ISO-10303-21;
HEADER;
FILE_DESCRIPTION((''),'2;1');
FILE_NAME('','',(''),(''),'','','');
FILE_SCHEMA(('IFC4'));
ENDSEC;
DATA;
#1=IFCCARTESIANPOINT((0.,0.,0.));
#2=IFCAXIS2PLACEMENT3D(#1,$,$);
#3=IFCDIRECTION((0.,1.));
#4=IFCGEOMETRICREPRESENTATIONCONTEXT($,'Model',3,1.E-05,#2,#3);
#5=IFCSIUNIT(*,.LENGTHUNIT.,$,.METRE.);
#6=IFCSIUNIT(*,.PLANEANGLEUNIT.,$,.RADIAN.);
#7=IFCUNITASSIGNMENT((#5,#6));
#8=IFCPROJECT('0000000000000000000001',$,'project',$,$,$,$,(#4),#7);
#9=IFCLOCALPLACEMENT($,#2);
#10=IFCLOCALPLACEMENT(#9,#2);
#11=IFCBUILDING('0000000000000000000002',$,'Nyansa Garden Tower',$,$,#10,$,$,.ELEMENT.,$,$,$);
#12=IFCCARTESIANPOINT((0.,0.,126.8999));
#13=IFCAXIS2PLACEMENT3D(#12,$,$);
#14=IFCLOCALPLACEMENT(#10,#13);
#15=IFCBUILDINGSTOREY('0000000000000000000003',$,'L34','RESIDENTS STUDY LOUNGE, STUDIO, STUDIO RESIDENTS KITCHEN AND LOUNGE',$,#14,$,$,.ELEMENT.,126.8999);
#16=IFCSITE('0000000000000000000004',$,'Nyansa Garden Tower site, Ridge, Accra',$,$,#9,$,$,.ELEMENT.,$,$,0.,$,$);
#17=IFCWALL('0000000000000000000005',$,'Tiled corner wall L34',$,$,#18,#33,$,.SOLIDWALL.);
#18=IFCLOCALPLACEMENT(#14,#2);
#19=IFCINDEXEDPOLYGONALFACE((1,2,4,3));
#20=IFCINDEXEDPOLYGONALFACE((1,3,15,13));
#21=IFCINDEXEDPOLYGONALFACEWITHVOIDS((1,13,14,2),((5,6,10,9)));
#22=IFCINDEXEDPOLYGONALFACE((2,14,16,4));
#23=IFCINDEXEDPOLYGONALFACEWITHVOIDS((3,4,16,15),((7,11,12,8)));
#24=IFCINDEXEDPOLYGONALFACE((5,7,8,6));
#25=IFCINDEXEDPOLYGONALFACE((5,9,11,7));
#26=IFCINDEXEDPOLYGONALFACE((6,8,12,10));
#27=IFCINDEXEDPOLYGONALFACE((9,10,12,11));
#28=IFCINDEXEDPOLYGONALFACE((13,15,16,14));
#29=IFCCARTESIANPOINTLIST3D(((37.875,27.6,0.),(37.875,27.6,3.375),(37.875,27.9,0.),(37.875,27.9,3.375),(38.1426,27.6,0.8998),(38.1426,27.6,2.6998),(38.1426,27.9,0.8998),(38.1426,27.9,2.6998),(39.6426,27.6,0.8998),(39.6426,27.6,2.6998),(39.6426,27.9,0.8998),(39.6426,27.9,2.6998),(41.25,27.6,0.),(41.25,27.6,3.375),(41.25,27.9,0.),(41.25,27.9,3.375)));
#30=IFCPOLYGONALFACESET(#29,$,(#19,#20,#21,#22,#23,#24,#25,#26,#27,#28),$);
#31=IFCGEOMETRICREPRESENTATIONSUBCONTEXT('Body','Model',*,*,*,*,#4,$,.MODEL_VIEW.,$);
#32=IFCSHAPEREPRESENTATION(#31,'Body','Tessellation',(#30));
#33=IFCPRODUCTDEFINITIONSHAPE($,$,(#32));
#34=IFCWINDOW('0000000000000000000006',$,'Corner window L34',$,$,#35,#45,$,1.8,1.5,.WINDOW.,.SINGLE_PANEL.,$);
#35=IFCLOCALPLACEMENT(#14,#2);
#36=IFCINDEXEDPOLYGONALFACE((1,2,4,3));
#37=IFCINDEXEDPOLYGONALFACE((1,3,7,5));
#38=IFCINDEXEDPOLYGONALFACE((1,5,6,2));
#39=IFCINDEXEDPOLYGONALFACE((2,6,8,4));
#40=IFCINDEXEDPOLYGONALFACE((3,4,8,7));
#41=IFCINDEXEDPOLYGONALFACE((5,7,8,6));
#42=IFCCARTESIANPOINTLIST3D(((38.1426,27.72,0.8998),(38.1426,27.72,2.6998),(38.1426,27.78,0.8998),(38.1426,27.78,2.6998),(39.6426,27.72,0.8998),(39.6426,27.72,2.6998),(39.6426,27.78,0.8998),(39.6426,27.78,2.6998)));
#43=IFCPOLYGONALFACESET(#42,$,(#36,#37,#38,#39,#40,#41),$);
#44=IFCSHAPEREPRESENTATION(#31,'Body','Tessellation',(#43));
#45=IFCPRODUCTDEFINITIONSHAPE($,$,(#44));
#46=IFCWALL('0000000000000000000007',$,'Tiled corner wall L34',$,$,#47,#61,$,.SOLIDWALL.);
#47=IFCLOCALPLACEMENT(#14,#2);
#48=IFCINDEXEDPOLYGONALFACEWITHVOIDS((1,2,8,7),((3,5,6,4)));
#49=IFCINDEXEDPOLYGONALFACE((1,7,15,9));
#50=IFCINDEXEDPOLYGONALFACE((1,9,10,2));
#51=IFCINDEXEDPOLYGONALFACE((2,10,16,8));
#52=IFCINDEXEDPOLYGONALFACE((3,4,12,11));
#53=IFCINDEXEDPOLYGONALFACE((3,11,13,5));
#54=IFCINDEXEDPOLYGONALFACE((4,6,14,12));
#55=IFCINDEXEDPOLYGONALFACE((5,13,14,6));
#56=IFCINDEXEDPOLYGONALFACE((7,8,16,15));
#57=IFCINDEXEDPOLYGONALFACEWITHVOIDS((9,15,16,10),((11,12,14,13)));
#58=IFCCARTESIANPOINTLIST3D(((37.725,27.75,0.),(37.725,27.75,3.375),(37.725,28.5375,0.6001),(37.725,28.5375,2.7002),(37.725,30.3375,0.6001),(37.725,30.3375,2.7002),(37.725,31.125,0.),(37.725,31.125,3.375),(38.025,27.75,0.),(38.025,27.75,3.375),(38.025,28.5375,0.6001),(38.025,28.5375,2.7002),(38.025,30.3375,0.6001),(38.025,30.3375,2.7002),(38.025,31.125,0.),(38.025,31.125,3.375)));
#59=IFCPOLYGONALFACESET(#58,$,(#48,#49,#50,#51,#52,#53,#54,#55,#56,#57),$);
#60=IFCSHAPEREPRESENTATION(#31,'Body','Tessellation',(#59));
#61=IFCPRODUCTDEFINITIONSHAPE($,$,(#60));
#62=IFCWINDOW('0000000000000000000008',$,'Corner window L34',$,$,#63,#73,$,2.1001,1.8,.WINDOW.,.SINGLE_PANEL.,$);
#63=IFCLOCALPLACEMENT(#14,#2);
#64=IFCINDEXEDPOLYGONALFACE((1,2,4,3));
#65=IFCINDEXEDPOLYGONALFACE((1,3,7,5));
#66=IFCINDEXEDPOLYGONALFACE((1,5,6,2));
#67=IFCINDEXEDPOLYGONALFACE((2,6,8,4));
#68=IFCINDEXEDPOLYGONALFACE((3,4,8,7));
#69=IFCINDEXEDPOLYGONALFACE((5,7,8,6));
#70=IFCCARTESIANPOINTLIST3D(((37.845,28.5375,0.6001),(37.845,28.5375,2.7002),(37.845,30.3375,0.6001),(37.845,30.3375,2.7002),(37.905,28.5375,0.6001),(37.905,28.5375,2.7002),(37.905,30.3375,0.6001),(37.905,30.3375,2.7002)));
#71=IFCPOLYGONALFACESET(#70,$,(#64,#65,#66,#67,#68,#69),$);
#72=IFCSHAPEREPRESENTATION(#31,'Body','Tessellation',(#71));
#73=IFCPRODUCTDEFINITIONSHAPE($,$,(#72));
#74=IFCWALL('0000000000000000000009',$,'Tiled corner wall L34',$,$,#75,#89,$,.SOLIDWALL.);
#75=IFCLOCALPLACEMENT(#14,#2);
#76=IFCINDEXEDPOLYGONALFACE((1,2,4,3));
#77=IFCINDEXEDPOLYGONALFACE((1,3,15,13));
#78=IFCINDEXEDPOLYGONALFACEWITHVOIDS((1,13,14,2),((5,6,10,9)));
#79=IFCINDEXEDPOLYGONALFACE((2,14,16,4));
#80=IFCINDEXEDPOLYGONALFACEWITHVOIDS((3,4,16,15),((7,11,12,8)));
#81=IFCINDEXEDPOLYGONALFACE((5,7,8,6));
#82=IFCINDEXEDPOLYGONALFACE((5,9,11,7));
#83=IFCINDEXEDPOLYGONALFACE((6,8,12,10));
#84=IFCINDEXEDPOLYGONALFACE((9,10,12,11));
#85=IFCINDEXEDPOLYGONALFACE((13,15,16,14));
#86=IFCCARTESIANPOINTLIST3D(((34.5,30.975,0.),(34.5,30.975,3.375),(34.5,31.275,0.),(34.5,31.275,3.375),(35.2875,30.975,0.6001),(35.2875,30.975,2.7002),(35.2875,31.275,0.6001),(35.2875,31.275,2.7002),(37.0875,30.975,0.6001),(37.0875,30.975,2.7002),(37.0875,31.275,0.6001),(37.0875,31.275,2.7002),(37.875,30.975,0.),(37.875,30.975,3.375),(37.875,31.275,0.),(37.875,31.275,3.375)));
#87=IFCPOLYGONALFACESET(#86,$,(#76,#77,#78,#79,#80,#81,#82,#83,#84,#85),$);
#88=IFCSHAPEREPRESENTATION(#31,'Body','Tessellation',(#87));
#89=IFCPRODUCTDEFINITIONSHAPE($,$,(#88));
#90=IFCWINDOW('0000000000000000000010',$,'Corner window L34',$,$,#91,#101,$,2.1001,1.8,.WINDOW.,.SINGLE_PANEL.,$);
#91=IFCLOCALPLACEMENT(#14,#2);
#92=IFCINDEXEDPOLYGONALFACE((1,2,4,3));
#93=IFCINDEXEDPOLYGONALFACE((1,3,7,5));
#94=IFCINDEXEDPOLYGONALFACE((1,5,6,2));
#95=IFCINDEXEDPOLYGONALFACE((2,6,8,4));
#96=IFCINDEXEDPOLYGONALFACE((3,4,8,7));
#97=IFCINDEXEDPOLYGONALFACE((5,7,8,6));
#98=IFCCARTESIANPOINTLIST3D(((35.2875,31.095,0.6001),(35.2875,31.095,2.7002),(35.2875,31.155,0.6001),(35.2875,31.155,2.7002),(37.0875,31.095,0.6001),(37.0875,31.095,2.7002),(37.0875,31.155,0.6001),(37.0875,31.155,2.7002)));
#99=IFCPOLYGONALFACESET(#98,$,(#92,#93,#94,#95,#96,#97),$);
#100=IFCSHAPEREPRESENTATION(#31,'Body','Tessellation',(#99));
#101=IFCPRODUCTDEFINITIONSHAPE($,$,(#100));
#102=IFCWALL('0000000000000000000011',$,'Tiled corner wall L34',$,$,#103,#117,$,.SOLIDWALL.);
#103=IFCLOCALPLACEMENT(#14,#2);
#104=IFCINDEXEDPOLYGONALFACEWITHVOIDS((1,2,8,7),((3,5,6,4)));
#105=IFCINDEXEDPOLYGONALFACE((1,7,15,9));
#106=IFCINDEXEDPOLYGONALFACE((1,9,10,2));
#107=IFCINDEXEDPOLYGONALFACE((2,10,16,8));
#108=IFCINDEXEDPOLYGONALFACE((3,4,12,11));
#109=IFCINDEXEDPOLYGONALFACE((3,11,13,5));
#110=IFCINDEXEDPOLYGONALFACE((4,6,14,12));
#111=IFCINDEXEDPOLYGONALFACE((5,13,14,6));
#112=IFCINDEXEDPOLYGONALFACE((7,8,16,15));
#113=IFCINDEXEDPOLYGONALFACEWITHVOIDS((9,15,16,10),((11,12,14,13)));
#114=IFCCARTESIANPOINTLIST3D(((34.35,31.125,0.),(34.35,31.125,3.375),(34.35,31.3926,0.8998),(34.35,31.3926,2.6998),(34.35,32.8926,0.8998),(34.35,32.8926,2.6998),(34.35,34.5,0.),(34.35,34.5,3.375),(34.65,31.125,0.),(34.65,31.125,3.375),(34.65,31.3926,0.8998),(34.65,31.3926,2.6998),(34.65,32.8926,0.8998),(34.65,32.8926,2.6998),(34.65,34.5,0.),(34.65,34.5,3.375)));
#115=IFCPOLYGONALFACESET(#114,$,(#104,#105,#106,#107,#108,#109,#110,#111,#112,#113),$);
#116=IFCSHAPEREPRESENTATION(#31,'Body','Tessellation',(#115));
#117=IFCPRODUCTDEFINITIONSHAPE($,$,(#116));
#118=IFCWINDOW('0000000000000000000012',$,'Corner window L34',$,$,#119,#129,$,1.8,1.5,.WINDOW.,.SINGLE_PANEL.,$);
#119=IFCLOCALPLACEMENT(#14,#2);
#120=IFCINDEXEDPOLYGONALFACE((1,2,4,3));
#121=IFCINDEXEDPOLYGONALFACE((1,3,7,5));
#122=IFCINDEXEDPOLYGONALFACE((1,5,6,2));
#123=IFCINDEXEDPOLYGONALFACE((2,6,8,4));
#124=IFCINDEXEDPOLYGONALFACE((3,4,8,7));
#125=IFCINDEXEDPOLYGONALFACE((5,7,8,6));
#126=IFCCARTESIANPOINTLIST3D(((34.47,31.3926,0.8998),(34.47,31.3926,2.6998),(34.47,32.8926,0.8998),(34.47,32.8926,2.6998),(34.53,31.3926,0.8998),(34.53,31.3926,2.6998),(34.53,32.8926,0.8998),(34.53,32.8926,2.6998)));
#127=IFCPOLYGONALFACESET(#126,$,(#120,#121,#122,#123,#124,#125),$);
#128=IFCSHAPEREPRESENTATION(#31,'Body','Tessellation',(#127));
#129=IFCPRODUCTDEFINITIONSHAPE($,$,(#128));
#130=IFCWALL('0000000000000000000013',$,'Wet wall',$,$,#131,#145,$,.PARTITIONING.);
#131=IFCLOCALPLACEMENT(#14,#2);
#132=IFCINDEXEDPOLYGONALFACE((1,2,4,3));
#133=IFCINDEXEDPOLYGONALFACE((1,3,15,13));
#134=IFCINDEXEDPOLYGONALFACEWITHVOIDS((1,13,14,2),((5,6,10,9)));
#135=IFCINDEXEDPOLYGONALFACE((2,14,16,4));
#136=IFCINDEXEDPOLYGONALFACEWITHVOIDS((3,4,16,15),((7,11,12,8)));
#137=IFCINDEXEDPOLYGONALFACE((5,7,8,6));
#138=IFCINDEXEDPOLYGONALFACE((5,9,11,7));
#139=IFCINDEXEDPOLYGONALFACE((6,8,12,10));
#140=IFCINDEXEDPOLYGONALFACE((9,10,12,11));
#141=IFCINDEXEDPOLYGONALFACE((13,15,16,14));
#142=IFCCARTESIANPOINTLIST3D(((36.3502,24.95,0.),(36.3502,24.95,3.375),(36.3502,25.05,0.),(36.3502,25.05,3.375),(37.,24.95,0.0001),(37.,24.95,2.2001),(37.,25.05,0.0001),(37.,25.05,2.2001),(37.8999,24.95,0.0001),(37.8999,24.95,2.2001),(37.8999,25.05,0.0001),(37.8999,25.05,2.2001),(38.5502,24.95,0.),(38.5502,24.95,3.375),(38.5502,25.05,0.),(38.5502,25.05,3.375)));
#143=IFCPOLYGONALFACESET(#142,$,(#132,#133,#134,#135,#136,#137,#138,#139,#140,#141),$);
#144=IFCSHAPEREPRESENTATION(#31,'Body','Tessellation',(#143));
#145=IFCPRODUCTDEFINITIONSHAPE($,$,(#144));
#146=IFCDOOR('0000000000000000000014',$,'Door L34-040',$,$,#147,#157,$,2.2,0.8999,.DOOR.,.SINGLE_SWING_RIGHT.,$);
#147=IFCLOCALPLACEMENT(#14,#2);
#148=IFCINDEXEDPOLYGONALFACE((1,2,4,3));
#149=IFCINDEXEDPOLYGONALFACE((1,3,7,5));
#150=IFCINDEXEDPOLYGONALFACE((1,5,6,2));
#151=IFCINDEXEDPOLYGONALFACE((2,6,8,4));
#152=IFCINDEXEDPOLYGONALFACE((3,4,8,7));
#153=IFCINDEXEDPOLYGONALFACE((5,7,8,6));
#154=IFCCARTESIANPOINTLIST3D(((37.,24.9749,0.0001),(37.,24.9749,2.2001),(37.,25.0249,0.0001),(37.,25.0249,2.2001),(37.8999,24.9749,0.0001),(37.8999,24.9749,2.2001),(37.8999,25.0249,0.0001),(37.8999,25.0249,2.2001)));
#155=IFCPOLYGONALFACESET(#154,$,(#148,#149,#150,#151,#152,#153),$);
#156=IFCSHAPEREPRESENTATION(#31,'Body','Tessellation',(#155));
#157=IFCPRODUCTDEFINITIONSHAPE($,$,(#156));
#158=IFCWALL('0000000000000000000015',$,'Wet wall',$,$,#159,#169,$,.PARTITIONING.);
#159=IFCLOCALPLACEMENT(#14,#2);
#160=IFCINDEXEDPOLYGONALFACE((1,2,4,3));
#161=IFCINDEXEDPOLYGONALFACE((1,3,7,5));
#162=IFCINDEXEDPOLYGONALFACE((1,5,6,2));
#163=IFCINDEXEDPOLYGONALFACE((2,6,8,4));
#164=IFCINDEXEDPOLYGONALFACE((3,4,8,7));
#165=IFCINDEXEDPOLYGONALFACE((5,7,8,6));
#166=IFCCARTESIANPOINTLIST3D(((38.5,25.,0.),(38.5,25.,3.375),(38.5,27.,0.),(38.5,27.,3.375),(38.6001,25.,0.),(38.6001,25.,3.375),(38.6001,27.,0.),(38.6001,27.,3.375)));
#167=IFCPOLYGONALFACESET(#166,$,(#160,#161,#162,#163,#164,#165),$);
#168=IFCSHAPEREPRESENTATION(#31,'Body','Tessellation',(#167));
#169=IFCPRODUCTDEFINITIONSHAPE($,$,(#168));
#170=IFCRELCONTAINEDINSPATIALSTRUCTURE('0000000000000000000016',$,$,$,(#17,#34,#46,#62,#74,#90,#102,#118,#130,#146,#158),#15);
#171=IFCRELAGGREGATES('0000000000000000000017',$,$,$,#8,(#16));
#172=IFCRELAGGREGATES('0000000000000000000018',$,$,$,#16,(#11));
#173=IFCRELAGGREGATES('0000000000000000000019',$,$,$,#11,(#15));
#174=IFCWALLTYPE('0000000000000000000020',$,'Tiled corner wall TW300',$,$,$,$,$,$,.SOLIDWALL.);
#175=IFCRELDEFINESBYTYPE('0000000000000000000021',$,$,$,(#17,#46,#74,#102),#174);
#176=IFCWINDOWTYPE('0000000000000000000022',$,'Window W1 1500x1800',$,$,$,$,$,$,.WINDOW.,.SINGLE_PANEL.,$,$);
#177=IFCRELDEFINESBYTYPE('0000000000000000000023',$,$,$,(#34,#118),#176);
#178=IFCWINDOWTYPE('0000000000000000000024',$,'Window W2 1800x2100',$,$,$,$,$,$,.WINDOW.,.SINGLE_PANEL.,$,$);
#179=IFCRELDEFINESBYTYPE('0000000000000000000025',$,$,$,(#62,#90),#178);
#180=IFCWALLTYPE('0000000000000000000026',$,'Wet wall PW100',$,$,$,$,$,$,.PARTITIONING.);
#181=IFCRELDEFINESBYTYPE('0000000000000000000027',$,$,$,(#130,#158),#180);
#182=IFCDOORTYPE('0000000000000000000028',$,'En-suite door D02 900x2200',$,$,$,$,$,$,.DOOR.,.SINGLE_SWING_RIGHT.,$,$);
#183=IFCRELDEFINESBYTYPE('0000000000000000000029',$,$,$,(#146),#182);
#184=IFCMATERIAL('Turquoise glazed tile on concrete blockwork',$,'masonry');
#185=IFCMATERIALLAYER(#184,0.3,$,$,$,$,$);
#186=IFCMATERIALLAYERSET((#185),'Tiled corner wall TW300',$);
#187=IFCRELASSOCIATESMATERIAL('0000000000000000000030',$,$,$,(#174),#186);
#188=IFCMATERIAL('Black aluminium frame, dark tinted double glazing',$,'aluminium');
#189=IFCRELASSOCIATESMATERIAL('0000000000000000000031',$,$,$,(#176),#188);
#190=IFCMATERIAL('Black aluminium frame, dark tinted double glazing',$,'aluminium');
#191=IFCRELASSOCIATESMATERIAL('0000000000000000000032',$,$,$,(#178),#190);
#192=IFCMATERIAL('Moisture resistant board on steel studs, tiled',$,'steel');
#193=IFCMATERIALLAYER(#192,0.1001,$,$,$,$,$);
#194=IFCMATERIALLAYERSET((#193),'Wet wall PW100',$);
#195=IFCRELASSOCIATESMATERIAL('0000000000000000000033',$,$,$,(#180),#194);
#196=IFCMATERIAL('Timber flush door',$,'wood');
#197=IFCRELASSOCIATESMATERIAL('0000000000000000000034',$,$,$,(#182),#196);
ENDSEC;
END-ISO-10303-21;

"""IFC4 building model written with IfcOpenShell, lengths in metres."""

from ifc_helpers import new_model, si_unit, direction, frame, frame_2d, origin, place, context, subcontext, project, spatial, rectangle, extrude, material, layer, layer_set, type_object, element, fill, save


model = new_model("IFC4")

# Units and contexts
model_context = context("Model", 3, precision=1e-05, world=origin(), true_north=direction((0.0, 1.0)))
body_context = subcontext(model_context, "Body", "Model", "MODEL_VIEW")
ifc_project = project(units=[si_unit("LENGTHUNIT", "METRE"), si_unit("PLANEANGLEUNIT", "RADIAN")], contexts=[model_context])

# Site, building, storey
site_placement = place(None, origin())
site = spatial("IfcSite", under=ifc_project, at=site_placement, Name="Nyansa Garden Tower site, Ridge, Accra", CompositionType="ELEMENT", RefElevation=0.0)
building_placement = place(site_placement, origin())
building = spatial("IfcBuilding", under=site, at=building_placement, Name="Nyansa Garden Tower", CompositionType="ELEMENT")
storey_placement = place(building_placement, frame((0.0, 0.0, 126.8999)))
storey = spatial("IfcBuildingStorey", under=building, at=storey_placement, Name="L34", Description="RESIDENTS STUDY LOUNGE, STUDIO, STUDIO RESIDENTS KITCHEN AND LOUNGE", CompositionType="ELEMENT", Elevation=126.8999)

# Walls, openings, windows
ifc_material_1 = material(Name="Turquoise glazed tile on concrete blockwork", Category="masonry")
ifc_layer_1 = layer(ifc_material_1, 0.3)
ifc_layer_set_1 = layer_set([ifc_layer_1], Name="Tiled corner wall TW300")
wall_type_1 = type_object("IfcWallType", Name="Tiled corner wall TW300", PredefinedType="SOLIDWALL", material=ifc_layer_set_1)
wall_1_placement = place(storey_placement, frame((41.25, 27.75, 0.0), z_axis=(0.0, 0.0, 1.0), x_axis=(-1.0, 0.0, 0.0)))
wall_1 = element("IfcWall", 1, at=wall_1_placement, inside=storey, type_object=wall_type_1, Name="Tiled corner wall L34", PredefinedType="SOLIDWALL", context=body_context, shape_type="SweptSolid", body=[
    extrude(rectangle(XDim=3.375, YDim=0.3, at=frame_2d((1.6875, 0.0))), origin(), (0.0, 0.0, 1.0), 3.375),
])
opening_1_placement = place(wall_1_placement, frame((1.6074, 0.0, 0.8999)))
opening_1 = element("IfcOpeningElement", 2, at=opening_1_placement, cuts=wall_1, PredefinedType="OPENING", context=body_context, shape_type="SweptSolid", body=[
    extrude(rectangle(XDim=1.5, YDim=1.8, at=frame_2d((0.75, 0.8999))), frame((0.0, 0.1599, 0.0), z_axis=(0.0, -1.0, 0.0), x_axis=(1.0, 0.0, 0.0)), (0.0, 0.0, 1.0), 0.3201),
])
ifc_material_2 = material(Name="Black aluminium frame, dark tinted double glazing", Category="aluminium")
window_type_1 = type_object("IfcWindowType", Name="Window W1 1500x1800", PartitioningType="SINGLE_PANEL", PredefinedType="WINDOW", material=ifc_material_2)
window_1_placement = place(opening_1_placement, origin())
window_1 = element("IfcWindow", 3, at=window_1_placement, inside=storey, type_object=window_type_1, Name="Corner window L34", OverallHeight=1.8, OverallWidth=1.5, PartitioningType="SINGLE_PANEL", PredefinedType="WINDOW", context=body_context, shape_type="SweptSolid", body=[
    extrude(rectangle(XDim=1.5, YDim=1.8, at=frame_2d((0.75, 0.8999))), frame((0.0, 0.03, 0.0), z_axis=(0.0, -1.0, 0.0), x_axis=(1.0, 0.0, 0.0)), (0.0, 0.0, 1.0), 0.0601),
])
fill(opening_1, window_1)
wall_2_placement = place(storey_placement, frame((37.875, 27.75, 0.0), z_axis=(0.0, 0.0, 1.0), x_axis=(0.0, 1.0, 0.0)))
wall_2 = element("IfcWall", 4, at=wall_2_placement, inside=storey, type_object=wall_type_1, Name="Tiled corner wall L34", PredefinedType="SOLIDWALL", context=body_context, shape_type="SweptSolid", body=[
    extrude(rectangle(XDim=3.375, YDim=0.3, at=frame_2d((1.6875, 0.0))), origin(), (0.0, 0.0, 1.0), 3.375),
])
opening_2_placement = place(wall_2_placement, frame((0.7876, 0.0, 0.6001)))
opening_2 = element("IfcOpeningElement", 5, at=opening_2_placement, cuts=wall_2, PredefinedType="OPENING", context=body_context, shape_type="SweptSolid", body=[
    extrude(rectangle(XDim=1.8, YDim=2.1001, at=frame_2d((0.8999, 1.05))), frame((0.0, 0.1599, 0.0), z_axis=(0.0, -1.0, 0.0), x_axis=(1.0, 0.0, 0.0)), (0.0, 0.0, 1.0), 0.3201),
])
ifc_material_3 = material(Name="Black aluminium frame, dark tinted double glazing", Category="aluminium")
window_type_2 = type_object("IfcWindowType", Name="Window W2 1800x2100", PartitioningType="SINGLE_PANEL", PredefinedType="WINDOW", material=ifc_material_3)
window_2_placement = place(opening_2_placement, origin())
window_2 = element("IfcWindow", 6, at=window_2_placement, inside=storey, type_object=window_type_2, Name="Corner window L34", OverallHeight=2.1001, OverallWidth=1.8, PartitioningType="SINGLE_PANEL", PredefinedType="WINDOW", context=body_context, shape_type="SweptSolid", body=[
    extrude(rectangle(XDim=1.8, YDim=2.1001, at=frame_2d((0.8999, 1.05))), frame((0.0, 0.03, 0.0), z_axis=(0.0, -1.0, 0.0), x_axis=(1.0, 0.0, 0.0)), (0.0, 0.0, 1.0), 0.0601),
])
fill(opening_2, window_2)
wall_3_placement = place(storey_placement, frame((37.875, 31.125, 0.0), z_axis=(0.0, 0.0, 1.0), x_axis=(-1.0, 0.0, 0.0)))
wall_3 = element("IfcWall", 7, at=wall_3_placement, inside=storey, type_object=wall_type_1, Name="Tiled corner wall L34", PredefinedType="SOLIDWALL", context=body_context, shape_type="SweptSolid", body=[
    extrude(rectangle(XDim=3.375, YDim=0.3, at=frame_2d((1.6875, 0.0))), origin(), (0.0, 0.0, 1.0), 3.375),
])
opening_3_placement = place(wall_3_placement, frame((0.7876, 0.0, 0.6001)))
opening_3 = element("IfcOpeningElement", 8, at=opening_3_placement, cuts=wall_3, PredefinedType="OPENING", context=body_context, shape_type="SweptSolid", body=[
    extrude(rectangle(XDim=1.8, YDim=2.1001, at=frame_2d((0.8999, 1.05))), frame((0.0, 0.1599, 0.0), z_axis=(0.0, -1.0, 0.0), x_axis=(1.0, 0.0, 0.0)), (0.0, 0.0, 1.0), 0.3201),
])
window_3_placement = place(opening_3_placement, origin())
window_3 = element("IfcWindow", 9, at=window_3_placement, inside=storey, type_object=window_type_2, Name="Corner window L34", OverallHeight=2.1001, OverallWidth=1.8, PartitioningType="SINGLE_PANEL", PredefinedType="WINDOW", context=body_context, shape_type="SweptSolid", body=[
    extrude(rectangle(XDim=1.8, YDim=2.1001, at=frame_2d((0.8999, 1.05))), frame((0.0, 0.03, 0.0), z_axis=(0.0, -1.0, 0.0), x_axis=(1.0, 0.0, 0.0)), (0.0, 0.0, 1.0), 0.0601),
])
fill(opening_3, window_3)
wall_4_placement = place(storey_placement, frame((34.5, 31.125, 0.0), z_axis=(0.0, 0.0, 1.0), x_axis=(0.0, 1.0, 0.0)))
wall_4 = element("IfcWall", 10, at=wall_4_placement, inside=storey, type_object=wall_type_1, Name="Tiled corner wall L34", PredefinedType="SOLIDWALL", context=body_context, shape_type="SweptSolid", body=[
    extrude(rectangle(XDim=3.375, YDim=0.3, at=frame_2d((1.6875, 0.0))), origin(), (0.0, 0.0, 1.0), 3.375),
])
opening_4_placement = place(wall_4_placement, frame((0.2676, 0.0, 0.8999)))
opening_4 = element("IfcOpeningElement", 11, at=opening_4_placement, cuts=wall_4, PredefinedType="OPENING", context=body_context, shape_type="SweptSolid", body=[
    extrude(rectangle(XDim=1.5, YDim=1.8, at=frame_2d((0.75, 0.8999))), frame((0.0, 0.1599, 0.0), z_axis=(0.0, -1.0, 0.0), x_axis=(1.0, 0.0, 0.0)), (0.0, 0.0, 1.0), 0.3201),
])
window_4_placement = place(opening_4_placement, origin())
window_4 = element("IfcWindow", 12, at=window_4_placement, inside=storey, type_object=window_type_1, Name="Corner window L34", OverallHeight=1.8, OverallWidth=1.5, PartitioningType="SINGLE_PANEL", PredefinedType="WINDOW", context=body_context, shape_type="SweptSolid", body=[
    extrude(rectangle(XDim=1.5, YDim=1.8, at=frame_2d((0.75, 0.8999))), frame((0.0, 0.03, 0.0), z_axis=(0.0, -1.0, 0.0), x_axis=(1.0, 0.0, 0.0)), (0.0, 0.0, 1.0), 0.0601),
])
fill(opening_4, window_4)

# Wall, opening, door
ifc_material_4 = material(Name="Moisture resistant board on steel studs, tiled", Category="steel")
ifc_layer_2 = layer(ifc_material_4, 0.1001)
ifc_layer_set_2 = layer_set([ifc_layer_2], Name="Wet wall PW100")
wall_type_2 = type_object("IfcWallType", Name="Wet wall PW100", PredefinedType="PARTITIONING", material=ifc_layer_set_2)
wall_5_placement = place(storey_placement, frame((36.3501, 25.0, 0.0), z_axis=(0.0, 0.0, 1.0), x_axis=(1.0, 0.0, 0.0)))
wall_5 = element("IfcWall", 13, at=wall_5_placement, inside=storey, type_object=wall_type_2, Name="Wet wall", PredefinedType="PARTITIONING", context=body_context, shape_type="SweptSolid", body=[
    extrude(rectangle(XDim=2.2, YDim=0.1001, at=frame_2d((1.1001, 0.0))), origin(), (0.0, 0.0, 1.0), 3.375),
])
opening_5_placement = place(wall_5_placement, frame((0.6499, 0.0, 0.0)))
opening_5 = element("IfcOpeningElement", 14, at=opening_5_placement, cuts=wall_5, PredefinedType="OPENING", context=body_context, shape_type="SweptSolid", body=[
    extrude(rectangle(XDim=0.8999, YDim=2.2, at=frame_2d((0.45, 1.1001))), frame((0.0, 0.0601, 0.0), z_axis=(0.0, -1.0, 0.0), x_axis=(1.0, 0.0, 0.0)), (0.0, 0.0, 1.0), 0.1201),
])
ifc_material_5 = material(Name="Timber flush door", Category="wood")
door_type = type_object("IfcDoorType", Name="En-suite door D02 900x2200", OperationType="SINGLE_SWING_RIGHT", PredefinedType="DOOR", material=ifc_material_5)
door_placement = place(opening_5_placement, origin())
door = element("IfcDoor", 15, at=door_placement, inside=storey, type_object=door_type, Name="Door L34-040", OperationType="SINGLE_SWING_RIGHT", OverallHeight=2.2, OverallWidth=0.8999, PredefinedType="DOOR", context=body_context, shape_type="SweptSolid", body=[
    extrude(rectangle(XDim=0.8999, YDim=2.2, at=frame_2d((0.45, 1.1001))), frame((0.0, 0.0249, 0.0), z_axis=(0.0, -1.0, 0.0), x_axis=(1.0, 0.0, 0.0)), (0.0, 0.0, 1.0), 0.05),
])
fill(opening_5, door)

# Wall
wall_6_placement = place(storey_placement, frame((38.55, 25.0, 0.0), z_axis=(0.0, 0.0, 1.0), x_axis=(0.0, 1.0, 0.0)))
element("IfcWall", 16, at=wall_6_placement, inside=storey, type_object=wall_type_2, Name="Wet wall", PredefinedType="PARTITIONING", context=body_context, shape_type="SweptSolid", body=[
    extrude(rectangle(XDim=2.0, YDim=0.1001, at=frame_2d((1.0, 0.0))), origin(), (0.0, 0.0, 1.0), 3.375),
])

save(model, "model.ifc")
